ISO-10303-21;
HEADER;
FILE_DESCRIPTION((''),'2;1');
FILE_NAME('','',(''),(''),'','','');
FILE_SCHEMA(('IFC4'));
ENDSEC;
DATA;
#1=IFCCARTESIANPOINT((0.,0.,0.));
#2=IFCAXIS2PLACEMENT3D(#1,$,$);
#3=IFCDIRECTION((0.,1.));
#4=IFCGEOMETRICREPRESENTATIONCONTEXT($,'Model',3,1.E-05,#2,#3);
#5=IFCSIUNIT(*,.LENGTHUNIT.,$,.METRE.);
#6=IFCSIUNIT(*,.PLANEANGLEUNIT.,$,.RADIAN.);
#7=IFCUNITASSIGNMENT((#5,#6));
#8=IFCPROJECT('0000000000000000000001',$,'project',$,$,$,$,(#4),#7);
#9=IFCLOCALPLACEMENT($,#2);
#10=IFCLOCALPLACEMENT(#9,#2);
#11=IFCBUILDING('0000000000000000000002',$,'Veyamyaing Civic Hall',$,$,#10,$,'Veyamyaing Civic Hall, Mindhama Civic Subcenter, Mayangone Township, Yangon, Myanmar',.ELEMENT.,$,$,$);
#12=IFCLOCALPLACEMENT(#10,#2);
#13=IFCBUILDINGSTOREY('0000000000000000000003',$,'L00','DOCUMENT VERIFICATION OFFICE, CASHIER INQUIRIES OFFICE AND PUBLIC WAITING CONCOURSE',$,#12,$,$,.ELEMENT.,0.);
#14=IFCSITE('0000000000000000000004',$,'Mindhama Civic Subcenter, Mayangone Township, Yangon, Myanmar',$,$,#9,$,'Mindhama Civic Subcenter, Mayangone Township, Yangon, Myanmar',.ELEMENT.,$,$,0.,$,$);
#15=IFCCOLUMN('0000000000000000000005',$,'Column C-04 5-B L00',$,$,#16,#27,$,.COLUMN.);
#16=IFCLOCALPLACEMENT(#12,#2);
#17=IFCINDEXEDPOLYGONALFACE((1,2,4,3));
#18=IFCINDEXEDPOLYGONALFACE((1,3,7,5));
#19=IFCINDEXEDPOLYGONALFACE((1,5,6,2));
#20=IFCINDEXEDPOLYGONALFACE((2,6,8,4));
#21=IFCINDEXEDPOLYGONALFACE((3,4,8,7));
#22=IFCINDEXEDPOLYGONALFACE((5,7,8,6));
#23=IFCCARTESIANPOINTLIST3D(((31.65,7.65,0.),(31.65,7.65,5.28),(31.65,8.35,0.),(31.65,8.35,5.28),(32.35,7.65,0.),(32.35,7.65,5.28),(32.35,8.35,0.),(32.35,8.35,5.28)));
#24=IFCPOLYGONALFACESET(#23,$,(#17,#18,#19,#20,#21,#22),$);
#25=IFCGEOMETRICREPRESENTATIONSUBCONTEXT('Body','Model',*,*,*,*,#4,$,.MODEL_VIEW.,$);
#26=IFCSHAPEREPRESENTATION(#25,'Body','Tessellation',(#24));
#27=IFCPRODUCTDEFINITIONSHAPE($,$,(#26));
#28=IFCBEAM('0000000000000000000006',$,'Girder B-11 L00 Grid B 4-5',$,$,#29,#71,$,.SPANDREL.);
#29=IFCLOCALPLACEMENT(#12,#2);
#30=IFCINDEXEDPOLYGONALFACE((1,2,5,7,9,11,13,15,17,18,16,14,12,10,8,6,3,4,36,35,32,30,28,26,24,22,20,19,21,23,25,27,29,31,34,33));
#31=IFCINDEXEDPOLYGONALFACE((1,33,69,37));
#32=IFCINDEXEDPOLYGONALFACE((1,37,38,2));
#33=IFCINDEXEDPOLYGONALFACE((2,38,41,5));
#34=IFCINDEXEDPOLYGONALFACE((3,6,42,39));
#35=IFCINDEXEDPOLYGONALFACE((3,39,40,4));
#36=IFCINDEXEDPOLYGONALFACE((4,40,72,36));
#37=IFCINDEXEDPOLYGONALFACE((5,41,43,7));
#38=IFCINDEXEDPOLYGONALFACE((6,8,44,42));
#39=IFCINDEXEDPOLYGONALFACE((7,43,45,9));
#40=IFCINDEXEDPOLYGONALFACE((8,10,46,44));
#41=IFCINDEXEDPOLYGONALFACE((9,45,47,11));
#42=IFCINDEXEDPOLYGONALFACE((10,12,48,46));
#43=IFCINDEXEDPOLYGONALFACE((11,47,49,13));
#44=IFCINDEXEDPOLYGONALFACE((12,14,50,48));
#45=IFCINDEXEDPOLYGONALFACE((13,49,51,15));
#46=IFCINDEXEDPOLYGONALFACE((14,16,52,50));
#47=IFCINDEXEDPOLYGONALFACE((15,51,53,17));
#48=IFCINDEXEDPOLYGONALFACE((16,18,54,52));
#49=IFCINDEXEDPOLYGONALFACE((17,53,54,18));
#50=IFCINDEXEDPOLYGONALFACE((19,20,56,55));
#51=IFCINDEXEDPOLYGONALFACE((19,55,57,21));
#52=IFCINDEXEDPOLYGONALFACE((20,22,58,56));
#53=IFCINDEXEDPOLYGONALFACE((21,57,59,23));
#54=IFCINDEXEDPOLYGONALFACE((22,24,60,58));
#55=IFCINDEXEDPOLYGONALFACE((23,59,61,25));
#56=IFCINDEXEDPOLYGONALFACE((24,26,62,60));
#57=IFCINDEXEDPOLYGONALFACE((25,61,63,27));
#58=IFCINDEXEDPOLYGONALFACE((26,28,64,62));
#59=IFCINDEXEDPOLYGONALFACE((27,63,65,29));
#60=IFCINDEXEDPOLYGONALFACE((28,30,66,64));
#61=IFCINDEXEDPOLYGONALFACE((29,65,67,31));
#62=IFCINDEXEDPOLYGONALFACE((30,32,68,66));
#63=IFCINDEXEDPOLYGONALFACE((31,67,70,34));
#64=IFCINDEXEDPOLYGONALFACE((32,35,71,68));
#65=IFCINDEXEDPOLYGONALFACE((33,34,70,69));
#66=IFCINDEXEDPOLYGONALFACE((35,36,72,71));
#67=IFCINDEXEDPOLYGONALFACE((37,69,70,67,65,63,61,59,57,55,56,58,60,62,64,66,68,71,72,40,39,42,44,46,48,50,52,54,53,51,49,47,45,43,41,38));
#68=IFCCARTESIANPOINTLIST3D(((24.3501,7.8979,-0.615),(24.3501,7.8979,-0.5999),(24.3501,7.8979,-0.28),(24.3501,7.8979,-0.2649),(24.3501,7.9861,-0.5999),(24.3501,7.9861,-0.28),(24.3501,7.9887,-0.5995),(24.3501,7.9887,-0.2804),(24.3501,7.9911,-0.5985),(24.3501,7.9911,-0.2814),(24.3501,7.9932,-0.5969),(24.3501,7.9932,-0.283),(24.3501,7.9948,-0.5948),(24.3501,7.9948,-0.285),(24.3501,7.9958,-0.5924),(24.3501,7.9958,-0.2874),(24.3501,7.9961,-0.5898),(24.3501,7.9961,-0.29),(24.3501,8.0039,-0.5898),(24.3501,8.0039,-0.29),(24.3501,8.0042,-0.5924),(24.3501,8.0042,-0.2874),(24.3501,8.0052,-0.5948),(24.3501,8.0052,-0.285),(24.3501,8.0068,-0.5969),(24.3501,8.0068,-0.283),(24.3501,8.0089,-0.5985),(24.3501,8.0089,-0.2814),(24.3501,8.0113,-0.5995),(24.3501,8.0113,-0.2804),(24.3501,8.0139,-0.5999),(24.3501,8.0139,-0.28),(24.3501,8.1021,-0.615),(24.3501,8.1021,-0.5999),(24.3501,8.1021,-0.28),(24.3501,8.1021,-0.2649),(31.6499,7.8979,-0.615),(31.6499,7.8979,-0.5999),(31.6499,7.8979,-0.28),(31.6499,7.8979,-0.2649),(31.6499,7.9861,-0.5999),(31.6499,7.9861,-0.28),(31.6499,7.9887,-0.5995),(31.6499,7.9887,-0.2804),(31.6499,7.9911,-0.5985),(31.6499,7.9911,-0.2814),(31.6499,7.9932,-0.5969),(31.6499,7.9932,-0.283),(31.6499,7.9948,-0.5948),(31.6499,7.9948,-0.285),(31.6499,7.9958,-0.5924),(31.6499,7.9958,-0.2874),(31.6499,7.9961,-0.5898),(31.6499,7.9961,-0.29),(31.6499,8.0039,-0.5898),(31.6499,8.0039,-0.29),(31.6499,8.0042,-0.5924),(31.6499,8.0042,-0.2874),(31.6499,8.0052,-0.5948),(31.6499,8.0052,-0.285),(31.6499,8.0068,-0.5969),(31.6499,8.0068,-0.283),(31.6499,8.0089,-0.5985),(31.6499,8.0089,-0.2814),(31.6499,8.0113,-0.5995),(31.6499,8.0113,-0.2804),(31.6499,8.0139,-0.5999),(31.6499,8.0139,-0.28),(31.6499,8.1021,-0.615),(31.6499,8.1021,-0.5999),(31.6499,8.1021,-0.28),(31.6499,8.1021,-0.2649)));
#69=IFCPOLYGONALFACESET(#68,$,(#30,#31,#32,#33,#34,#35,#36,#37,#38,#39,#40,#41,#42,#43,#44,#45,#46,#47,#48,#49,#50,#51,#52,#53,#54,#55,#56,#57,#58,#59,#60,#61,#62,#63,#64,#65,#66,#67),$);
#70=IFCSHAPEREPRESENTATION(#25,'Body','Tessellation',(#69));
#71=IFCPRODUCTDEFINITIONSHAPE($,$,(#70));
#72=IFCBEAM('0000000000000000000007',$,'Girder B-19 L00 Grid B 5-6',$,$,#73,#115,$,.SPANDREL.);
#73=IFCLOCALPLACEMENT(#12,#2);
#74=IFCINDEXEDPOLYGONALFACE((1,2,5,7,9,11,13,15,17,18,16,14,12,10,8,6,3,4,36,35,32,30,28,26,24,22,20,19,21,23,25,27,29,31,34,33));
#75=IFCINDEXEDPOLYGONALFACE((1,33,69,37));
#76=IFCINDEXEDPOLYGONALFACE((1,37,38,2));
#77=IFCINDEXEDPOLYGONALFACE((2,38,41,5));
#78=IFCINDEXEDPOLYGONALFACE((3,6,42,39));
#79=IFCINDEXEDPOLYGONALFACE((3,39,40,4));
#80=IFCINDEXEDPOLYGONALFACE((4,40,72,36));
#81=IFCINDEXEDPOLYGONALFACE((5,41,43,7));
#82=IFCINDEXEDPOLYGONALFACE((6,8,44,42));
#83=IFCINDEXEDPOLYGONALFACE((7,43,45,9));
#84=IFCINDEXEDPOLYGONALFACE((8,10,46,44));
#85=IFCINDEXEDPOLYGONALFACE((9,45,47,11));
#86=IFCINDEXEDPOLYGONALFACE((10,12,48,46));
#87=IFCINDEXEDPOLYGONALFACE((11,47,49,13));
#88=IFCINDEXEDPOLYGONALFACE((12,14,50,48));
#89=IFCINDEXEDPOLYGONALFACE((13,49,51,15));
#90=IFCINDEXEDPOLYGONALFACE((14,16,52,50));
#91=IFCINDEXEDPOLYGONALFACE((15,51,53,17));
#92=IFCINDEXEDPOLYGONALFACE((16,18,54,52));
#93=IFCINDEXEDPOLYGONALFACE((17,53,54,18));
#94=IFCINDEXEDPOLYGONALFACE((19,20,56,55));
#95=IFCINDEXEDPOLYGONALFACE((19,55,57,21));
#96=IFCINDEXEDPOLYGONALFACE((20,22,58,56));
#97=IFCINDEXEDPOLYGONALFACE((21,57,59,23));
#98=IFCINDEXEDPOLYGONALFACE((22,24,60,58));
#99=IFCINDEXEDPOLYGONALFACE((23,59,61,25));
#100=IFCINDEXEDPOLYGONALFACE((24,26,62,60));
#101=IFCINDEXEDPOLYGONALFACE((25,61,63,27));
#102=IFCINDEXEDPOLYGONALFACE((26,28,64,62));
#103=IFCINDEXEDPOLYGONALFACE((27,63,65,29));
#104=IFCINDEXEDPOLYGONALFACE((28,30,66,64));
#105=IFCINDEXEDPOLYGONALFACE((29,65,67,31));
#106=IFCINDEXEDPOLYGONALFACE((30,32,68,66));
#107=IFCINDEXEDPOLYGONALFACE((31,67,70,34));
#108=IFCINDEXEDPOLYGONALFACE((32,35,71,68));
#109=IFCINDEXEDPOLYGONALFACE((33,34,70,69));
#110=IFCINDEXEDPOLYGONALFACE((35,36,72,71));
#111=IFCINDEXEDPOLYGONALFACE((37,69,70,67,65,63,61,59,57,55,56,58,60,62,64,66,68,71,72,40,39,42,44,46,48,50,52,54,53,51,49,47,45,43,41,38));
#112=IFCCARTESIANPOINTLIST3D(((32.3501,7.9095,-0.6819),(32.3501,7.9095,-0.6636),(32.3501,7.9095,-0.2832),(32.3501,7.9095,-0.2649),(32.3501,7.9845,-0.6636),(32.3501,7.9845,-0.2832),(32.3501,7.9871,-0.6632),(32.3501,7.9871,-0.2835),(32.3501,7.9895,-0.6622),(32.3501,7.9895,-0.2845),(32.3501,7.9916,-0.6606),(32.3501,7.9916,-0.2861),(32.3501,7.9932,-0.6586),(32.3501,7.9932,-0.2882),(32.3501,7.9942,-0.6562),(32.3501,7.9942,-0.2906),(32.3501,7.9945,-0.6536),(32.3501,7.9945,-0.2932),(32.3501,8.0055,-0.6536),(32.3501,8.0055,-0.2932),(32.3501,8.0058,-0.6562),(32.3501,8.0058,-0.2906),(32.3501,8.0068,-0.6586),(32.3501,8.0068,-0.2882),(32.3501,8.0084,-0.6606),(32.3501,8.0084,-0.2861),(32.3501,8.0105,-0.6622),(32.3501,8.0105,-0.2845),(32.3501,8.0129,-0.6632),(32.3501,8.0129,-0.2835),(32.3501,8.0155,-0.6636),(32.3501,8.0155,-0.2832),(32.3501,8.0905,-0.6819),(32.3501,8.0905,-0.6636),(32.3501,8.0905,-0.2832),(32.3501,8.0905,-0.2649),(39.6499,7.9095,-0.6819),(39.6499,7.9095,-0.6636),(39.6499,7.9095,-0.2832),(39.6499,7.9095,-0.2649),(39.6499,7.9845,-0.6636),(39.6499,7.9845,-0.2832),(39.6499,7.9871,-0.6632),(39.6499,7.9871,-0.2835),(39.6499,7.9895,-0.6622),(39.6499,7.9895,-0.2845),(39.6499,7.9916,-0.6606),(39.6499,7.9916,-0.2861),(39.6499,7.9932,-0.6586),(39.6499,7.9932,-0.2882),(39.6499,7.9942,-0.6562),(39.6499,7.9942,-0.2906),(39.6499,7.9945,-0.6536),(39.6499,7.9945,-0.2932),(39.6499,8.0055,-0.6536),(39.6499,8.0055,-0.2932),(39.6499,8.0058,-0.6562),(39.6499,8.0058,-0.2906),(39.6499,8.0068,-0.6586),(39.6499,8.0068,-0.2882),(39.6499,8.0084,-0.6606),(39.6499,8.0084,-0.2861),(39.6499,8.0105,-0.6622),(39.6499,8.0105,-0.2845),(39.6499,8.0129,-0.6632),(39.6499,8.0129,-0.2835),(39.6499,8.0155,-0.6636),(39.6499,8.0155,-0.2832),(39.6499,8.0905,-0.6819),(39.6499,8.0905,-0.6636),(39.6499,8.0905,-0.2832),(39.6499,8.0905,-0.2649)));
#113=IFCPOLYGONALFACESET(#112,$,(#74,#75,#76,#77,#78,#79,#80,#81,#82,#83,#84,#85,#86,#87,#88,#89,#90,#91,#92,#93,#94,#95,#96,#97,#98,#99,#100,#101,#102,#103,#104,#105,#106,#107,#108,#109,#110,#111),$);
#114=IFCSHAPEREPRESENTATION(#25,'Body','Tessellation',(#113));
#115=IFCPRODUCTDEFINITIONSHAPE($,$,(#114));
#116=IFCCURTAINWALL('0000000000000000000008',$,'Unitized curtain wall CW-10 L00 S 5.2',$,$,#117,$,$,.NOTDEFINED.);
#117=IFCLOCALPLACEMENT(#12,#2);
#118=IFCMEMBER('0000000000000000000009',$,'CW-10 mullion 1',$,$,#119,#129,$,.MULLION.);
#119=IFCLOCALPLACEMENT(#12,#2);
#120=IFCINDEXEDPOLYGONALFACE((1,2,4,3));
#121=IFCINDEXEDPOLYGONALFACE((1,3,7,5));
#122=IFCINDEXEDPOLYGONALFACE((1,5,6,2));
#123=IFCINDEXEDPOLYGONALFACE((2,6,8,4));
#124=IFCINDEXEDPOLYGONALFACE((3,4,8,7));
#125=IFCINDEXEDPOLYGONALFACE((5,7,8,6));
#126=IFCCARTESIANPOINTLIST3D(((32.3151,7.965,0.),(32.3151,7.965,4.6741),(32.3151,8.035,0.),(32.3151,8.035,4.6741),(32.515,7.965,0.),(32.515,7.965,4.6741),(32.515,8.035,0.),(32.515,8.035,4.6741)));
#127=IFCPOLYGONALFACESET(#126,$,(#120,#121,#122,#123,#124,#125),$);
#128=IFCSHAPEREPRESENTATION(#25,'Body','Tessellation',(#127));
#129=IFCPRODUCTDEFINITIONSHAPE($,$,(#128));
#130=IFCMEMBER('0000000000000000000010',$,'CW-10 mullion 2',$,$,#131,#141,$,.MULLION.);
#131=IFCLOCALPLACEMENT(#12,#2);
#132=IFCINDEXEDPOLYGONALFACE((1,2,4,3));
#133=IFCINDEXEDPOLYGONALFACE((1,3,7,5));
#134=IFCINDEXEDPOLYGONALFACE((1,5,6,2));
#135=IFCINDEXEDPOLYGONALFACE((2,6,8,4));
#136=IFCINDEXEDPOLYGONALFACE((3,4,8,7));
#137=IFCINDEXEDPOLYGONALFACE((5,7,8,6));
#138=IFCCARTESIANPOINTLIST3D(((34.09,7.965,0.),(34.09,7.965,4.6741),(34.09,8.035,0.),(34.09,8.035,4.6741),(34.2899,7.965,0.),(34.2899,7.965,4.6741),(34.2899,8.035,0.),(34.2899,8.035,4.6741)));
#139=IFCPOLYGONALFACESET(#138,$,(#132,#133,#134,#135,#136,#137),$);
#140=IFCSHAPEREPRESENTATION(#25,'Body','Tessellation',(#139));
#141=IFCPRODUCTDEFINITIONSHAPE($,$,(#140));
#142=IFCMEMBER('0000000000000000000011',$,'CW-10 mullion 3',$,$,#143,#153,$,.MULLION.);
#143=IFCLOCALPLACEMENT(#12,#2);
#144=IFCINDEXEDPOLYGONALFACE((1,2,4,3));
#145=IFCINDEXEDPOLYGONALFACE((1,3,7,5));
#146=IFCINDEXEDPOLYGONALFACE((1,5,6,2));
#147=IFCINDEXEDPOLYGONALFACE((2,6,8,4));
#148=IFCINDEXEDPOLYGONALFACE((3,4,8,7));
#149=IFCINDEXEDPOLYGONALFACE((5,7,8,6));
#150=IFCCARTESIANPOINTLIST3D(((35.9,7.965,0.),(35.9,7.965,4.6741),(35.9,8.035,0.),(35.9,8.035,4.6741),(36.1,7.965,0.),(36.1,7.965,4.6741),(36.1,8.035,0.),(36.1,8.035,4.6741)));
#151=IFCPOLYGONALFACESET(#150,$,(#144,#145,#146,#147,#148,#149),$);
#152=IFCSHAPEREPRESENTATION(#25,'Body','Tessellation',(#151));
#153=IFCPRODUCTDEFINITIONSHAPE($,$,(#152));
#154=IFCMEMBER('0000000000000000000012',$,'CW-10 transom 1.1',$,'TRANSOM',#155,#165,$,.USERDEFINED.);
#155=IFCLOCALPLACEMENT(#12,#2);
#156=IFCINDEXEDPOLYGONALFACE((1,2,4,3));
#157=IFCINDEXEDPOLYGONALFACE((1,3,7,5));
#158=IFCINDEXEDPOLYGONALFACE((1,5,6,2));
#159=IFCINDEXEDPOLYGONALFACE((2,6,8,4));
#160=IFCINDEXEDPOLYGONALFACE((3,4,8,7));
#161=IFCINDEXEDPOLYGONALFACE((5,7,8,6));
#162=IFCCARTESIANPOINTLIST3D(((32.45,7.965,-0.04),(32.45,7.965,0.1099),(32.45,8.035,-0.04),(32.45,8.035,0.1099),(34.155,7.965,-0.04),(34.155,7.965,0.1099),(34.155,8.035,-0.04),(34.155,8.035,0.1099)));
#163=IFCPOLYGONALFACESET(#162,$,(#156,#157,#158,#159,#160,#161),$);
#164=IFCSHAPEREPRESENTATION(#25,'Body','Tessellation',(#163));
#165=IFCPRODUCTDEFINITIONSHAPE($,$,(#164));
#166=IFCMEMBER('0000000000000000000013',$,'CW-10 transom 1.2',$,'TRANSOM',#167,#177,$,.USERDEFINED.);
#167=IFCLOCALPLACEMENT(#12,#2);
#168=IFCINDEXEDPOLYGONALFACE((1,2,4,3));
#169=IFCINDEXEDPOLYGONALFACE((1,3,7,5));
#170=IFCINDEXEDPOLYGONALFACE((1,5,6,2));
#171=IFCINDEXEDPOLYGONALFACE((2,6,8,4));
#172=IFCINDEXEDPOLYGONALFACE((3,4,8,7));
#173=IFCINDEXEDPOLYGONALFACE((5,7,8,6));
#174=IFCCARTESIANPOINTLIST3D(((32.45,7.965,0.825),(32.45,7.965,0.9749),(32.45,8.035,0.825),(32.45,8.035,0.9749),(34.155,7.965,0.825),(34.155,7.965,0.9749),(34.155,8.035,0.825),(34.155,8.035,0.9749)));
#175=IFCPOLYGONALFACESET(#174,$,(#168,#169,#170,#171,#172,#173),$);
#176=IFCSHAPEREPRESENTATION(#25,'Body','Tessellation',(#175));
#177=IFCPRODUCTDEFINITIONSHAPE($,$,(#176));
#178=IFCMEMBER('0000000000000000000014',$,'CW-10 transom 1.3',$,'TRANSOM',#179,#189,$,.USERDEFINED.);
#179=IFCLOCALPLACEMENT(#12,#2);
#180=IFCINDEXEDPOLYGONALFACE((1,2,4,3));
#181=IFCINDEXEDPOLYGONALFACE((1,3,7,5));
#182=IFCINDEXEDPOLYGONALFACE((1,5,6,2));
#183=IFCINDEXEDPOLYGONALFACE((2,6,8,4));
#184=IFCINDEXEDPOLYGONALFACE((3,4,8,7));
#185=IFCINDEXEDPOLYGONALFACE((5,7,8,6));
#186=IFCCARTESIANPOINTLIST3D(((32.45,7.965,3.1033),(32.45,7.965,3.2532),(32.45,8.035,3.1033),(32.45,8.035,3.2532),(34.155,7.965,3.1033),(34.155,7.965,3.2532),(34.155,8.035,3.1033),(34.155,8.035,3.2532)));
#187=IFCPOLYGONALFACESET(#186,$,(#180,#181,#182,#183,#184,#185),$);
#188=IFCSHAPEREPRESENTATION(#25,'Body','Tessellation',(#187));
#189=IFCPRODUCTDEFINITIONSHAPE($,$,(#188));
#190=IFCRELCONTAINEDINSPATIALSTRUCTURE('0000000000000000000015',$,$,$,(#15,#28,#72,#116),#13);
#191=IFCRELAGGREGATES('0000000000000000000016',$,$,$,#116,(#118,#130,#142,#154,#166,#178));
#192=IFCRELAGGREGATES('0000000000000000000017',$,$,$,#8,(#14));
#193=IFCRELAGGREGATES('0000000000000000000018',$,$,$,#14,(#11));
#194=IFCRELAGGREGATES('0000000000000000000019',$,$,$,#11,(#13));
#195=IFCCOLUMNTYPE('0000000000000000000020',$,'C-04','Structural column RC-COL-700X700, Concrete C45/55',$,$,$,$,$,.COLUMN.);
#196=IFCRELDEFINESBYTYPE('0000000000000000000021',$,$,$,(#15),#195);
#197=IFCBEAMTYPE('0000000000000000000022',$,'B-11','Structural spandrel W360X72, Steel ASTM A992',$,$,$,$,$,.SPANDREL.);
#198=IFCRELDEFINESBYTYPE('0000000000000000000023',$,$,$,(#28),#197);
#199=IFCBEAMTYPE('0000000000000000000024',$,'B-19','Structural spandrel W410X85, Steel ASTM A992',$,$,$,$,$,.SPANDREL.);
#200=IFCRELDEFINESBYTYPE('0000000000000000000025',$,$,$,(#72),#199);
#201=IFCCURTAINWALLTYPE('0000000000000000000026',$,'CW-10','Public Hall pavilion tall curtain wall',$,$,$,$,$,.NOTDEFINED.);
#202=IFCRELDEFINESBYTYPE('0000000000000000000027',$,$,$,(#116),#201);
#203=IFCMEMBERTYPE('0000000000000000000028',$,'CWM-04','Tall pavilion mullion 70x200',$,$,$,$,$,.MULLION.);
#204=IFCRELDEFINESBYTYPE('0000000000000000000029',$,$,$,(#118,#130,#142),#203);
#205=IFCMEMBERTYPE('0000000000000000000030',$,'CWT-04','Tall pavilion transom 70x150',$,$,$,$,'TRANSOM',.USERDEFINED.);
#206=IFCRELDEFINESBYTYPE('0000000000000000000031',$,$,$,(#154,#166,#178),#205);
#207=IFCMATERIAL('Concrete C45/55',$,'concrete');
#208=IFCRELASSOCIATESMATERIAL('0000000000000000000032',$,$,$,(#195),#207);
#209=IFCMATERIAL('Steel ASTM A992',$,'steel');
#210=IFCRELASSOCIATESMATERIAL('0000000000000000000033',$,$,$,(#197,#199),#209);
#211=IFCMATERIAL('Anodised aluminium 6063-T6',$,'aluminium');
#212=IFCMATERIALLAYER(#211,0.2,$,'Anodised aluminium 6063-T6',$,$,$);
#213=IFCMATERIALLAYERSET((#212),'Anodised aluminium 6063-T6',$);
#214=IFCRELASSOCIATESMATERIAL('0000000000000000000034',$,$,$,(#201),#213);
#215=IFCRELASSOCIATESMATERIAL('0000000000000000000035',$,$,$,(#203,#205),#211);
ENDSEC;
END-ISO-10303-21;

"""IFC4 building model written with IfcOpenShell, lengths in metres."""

from ifc_helpers import new_model, si_unit, direction, frame, origin, origin_2d, place, context, subcontext, project, spatial, rectangle, i_section, extrude, material, layer, layer_set, material_profile, profile_set, type_object, element, aggregate, save


model = new_model("IFC4")

# Units and contexts
model_context = context("Model", 3, precision=1e-05, world=origin(), true_north=direction((0.0, 1.0)))
body_context = subcontext(model_context, "Body", "Model", "MODEL_VIEW")
ifc_project = project(units=[si_unit("LENGTHUNIT", "METRE"), si_unit("PLANEANGLEUNIT", "RADIAN")], contexts=[model_context])

# Site, building, storey
site_placement = place(None, origin())
site = spatial("IfcSite", under=ifc_project, at=site_placement, Name="Mindhama Civic Subcenter, Mayangone Township, Yangon, Myanmar", LongName="Mindhama Civic Subcenter, Mayangone Township, Yangon, Myanmar", CompositionType="ELEMENT", RefElevation=0.0)
building_placement = place(site_placement, origin())
building = spatial("IfcBuilding", under=site, at=building_placement, Name="Veyamyaing Civic Hall", LongName="Veyamyaing Civic Hall, Mindhama Civic Subcenter, Mayangone Township, Yangon, Myanmar", CompositionType="ELEMENT")
storey_placement = place(building_placement, origin())
storey = spatial("IfcBuildingStorey", under=building, at=storey_placement, Name="L00", Description="DOCUMENT VERIFICATION OFFICE, CASHIER INQUIRIES OFFICE AND PUBLIC WAITING CONCOURSE", CompositionType="ELEMENT", Elevation=0.0)

# Column
ifc_material_1 = material(Name="Concrete C45/55", Category="concrete")
ifc_material_profile_1 = material_profile(ifc_material_1, rectangle(XDim=0.7, YDim=0.7, at=origin_2d()), Name="RC-COL-700X700")
ifc_profile_set_1 = profile_set([ifc_material_profile_1], Name="Concrete C45/55")
column_type = type_object("IfcColumnType", Name="C-04", Description="Structural column RC-COL-700X700, Concrete C45/55", PredefinedType="COLUMN", material=ifc_profile_set_1)
column_placement = place(storey_placement, frame((32.0, 8.0, 0.0), z_axis=(0.0, 0.0, 1.0), x_axis=(1.0, 0.0, 0.0)))
element("IfcColumn", 1, at=column_placement, inside=storey, type_object=column_type, Name="Column C-04 5-B L00", PredefinedType="COLUMN", context=body_context, shape_type="SweptSolid", body=[
    extrude(rectangle(XDim=0.7, YDim=0.7, at=origin_2d()), origin(), (0.0, 0.0, 1.0), 5.28),
])

# Beams
ifc_material_2 = material(Name="Steel ASTM A992", Category="steel")
ifc_material_profile_2 = material_profile(ifc_material_2, i_section(OverallWidth=0.2041, OverallDepth=0.3501, WebThickness=0.0078, FlangeThickness=0.0151, FilletRadius=0.01, at=origin_2d()), Name="W360X72")
ifc_profile_set_2 = profile_set([ifc_material_profile_2], Name="Steel ASTM A992")
beam_type_1 = type_object("IfcBeamType", Name="B-11", Description="Structural spandrel W360X72, Steel ASTM A992", PredefinedType="SPANDREL", material=ifc_profile_set_2)
beam_1_placement = place(storey_placement, frame((24.3501, 8.0, -0.4399), z_axis=(1.0, 0.0, 0.0), x_axis=(0.0, 1.0, 0.0)))
element("IfcBeam", 2, at=beam_1_placement, inside=storey, type_object=beam_type_1, Name="Girder B-11 L00 Grid B 4-5", PredefinedType="SPANDREL", context=body_context, shape_type="SweptSolid", body=[
    extrude(i_section(OverallWidth=0.2041, OverallDepth=0.3501, WebThickness=0.0078, FlangeThickness=0.0151, FilletRadius=0.01, at=origin_2d()), origin(), (0.0, 0.0, 1.0), 7.2998),
])
ifc_material_profile_3 = material_profile(ifc_material_2, i_section(OverallWidth=0.1809, OverallDepth=0.417, WebThickness=0.011, FlangeThickness=0.0183, FilletRadius=0.01, at=origin_2d()), Name="W410X85")
ifc_profile_set_3 = profile_set([ifc_material_profile_3], Name="Steel ASTM A992")
beam_type_2 = type_object("IfcBeamType", Name="B-19", Description="Structural spandrel W410X85, Steel ASTM A992", PredefinedType="SPANDREL", material=ifc_profile_set_3)
beam_2_placement = place(storey_placement, frame((32.3501, 8.0, -0.4734), z_axis=(1.0, 0.0, 0.0), x_axis=(0.0, 1.0, 0.0)))
element("IfcBeam", 3, at=beam_2_placement, inside=storey, type_object=beam_type_2, Name="Girder B-19 L00 Grid B 5-6", PredefinedType="SPANDREL", context=body_context, shape_type="SweptSolid", body=[
    extrude(i_section(OverallWidth=0.1809, OverallDepth=0.417, WebThickness=0.011, FlangeThickness=0.0183, FilletRadius=0.01, at=origin_2d()), origin(), (0.0, 0.0, 1.0), 7.2998),
])

# Curtain wall, members
ifc_material_3 = material(Name="Anodised aluminium 6063-T6", Category="aluminium")
ifc_layer_1 = layer(ifc_material_3, 0.2, Name="Anodised aluminium 6063-T6")
ifc_layer_set_1 = layer_set([ifc_layer_1], Name="Anodised aluminium 6063-T6")
curtain_wall_type = type_object("IfcCurtainWallType", Name="CW-10", Description="Public Hall pavilion tall curtain wall", PredefinedType="NOTDEFINED", material=ifc_layer_set_1)
curtain_wall_placement = place(storey_placement, origin())
curtain_wall = element("IfcCurtainWall", 4, at=curtain_wall_placement, inside=storey, type_object=curtain_wall_type, Name="Unitized curtain wall CW-10 L00 S 5.2", PredefinedType="NOTDEFINED")
ifc_material_profile_4 = material_profile(ifc_material_3, rectangle(XDim=0.0701, YDim=0.2, at=origin_2d()), Name="ALU-MUL-70X200")
ifc_profile_set_4 = profile_set([ifc_material_profile_4], Name="Anodised aluminium 6063-T6")
member_type_1 = type_object("IfcMemberType", Name="CWM-04", Description="Tall pavilion mullion 70x200", PredefinedType="MULLION", material=ifc_profile_set_4)
member_1_placement = place(storey_placement, frame((32.415, 8.0, 0.0), z_axis=(0.0, 0.0, 1.0), x_axis=(0.0, 1.0, 0.0)))
member_1 = element("IfcMember", 5, at=member_1_placement, type_object=member_type_1, Name="CW-10 mullion 1", PredefinedType="MULLION", context=body_context, shape_type="SweptSolid", body=[
    extrude(rectangle(XDim=0.0701, YDim=0.2, at=origin_2d()), origin(), (0.0, 0.0, 1.0), 4.6741),
])
member_2_placement = place(storey_placement, frame((34.1899, 8.0, 0.0), z_axis=(0.0, 0.0, 1.0), x_axis=(0.0, 1.0, 0.0)))
member_2 = element("IfcMember", 6, at=member_2_placement, type_object=member_type_1, Name="CW-10 mullion 2", PredefinedType="MULLION", context=body_context, shape_type="SweptSolid", body=[
    extrude(rectangle(XDim=0.0701, YDim=0.2, at=origin_2d()), origin(), (0.0, 0.0, 1.0), 4.6741),
])
member_3_placement = place(storey_placement, frame((36.0, 8.0, 0.0), z_axis=(0.0, 0.0, 1.0), x_axis=(0.0, 1.0, 0.0)))
member_3 = element("IfcMember", 7, at=member_3_placement, type_object=member_type_1, Name="CW-10 mullion 3", PredefinedType="MULLION", context=body_context, shape_type="SweptSolid", body=[
    extrude(rectangle(XDim=0.0701, YDim=0.2, at=origin_2d()), origin(), (0.0, 0.0, 1.0), 4.6741),
])
ifc_material_profile_5 = material_profile(ifc_material_3, rectangle(XDim=0.0701, YDim=0.1499, at=origin_2d()), Name="ALU-TRN-70X150")
ifc_profile_set_5 = profile_set([ifc_material_profile_5], Name="Anodised aluminium 6063-T6")
member_type_2 = type_object("IfcMemberType", Name="CWT-04", Description="Tall pavilion transom 70x150", ElementType="TRANSOM", PredefinedType="USERDEFINED", material=ifc_profile_set_5)
member_4_placement = place(storey_placement, frame((32.45, 8.0, 0.0349), z_axis=(1.0, 0.0, 0.0), x_axis=(0.0, 1.0, 0.0)))
member_4 = element("IfcMember", 8, at=member_4_placement, type_object=member_type_2, Name="CW-10 transom 1.1", ObjectType="TRANSOM", PredefinedType="USERDEFINED", context=body_context, shape_type="SweptSolid", body=[
    extrude(rectangle(XDim=0.0701, YDim=0.1499, at=origin_2d()), origin(), (0.0, 0.0, 1.0), 1.7051),
])
member_5_placement = place(storey_placement, frame((32.45, 8.0, 0.8999), z_axis=(1.0, 0.0, 0.0), x_axis=(0.0, 1.0, 0.0)))
member_5 = element("IfcMember", 9, at=member_5_placement, type_object=member_type_2, Name="CW-10 transom 1.2", ObjectType="TRANSOM", PredefinedType="USERDEFINED", context=body_context, shape_type="SweptSolid", body=[
    extrude(rectangle(XDim=0.0701, YDim=0.1499, at=origin_2d()), origin(), (0.0, 0.0, 1.0), 1.7051),
])
member_6_placement = place(storey_placement, frame((32.45, 8.0, 3.1782), z_axis=(1.0, 0.0, 0.0), x_axis=(0.0, 1.0, 0.0)))
member_6 = element("IfcMember", 10, at=member_6_placement, type_object=member_type_2, Name="CW-10 transom 1.3", ObjectType="TRANSOM", PredefinedType="USERDEFINED", context=body_context, shape_type="SweptSolid", body=[
    extrude(rectangle(XDim=0.0701, YDim=0.1499, at=origin_2d()), origin(), (0.0, 0.0, 1.0), 1.7051),
])
aggregate(curtain_wall, [member_1, member_2, member_3, member_4, member_5, member_6])

save(model, "model.ifc")
